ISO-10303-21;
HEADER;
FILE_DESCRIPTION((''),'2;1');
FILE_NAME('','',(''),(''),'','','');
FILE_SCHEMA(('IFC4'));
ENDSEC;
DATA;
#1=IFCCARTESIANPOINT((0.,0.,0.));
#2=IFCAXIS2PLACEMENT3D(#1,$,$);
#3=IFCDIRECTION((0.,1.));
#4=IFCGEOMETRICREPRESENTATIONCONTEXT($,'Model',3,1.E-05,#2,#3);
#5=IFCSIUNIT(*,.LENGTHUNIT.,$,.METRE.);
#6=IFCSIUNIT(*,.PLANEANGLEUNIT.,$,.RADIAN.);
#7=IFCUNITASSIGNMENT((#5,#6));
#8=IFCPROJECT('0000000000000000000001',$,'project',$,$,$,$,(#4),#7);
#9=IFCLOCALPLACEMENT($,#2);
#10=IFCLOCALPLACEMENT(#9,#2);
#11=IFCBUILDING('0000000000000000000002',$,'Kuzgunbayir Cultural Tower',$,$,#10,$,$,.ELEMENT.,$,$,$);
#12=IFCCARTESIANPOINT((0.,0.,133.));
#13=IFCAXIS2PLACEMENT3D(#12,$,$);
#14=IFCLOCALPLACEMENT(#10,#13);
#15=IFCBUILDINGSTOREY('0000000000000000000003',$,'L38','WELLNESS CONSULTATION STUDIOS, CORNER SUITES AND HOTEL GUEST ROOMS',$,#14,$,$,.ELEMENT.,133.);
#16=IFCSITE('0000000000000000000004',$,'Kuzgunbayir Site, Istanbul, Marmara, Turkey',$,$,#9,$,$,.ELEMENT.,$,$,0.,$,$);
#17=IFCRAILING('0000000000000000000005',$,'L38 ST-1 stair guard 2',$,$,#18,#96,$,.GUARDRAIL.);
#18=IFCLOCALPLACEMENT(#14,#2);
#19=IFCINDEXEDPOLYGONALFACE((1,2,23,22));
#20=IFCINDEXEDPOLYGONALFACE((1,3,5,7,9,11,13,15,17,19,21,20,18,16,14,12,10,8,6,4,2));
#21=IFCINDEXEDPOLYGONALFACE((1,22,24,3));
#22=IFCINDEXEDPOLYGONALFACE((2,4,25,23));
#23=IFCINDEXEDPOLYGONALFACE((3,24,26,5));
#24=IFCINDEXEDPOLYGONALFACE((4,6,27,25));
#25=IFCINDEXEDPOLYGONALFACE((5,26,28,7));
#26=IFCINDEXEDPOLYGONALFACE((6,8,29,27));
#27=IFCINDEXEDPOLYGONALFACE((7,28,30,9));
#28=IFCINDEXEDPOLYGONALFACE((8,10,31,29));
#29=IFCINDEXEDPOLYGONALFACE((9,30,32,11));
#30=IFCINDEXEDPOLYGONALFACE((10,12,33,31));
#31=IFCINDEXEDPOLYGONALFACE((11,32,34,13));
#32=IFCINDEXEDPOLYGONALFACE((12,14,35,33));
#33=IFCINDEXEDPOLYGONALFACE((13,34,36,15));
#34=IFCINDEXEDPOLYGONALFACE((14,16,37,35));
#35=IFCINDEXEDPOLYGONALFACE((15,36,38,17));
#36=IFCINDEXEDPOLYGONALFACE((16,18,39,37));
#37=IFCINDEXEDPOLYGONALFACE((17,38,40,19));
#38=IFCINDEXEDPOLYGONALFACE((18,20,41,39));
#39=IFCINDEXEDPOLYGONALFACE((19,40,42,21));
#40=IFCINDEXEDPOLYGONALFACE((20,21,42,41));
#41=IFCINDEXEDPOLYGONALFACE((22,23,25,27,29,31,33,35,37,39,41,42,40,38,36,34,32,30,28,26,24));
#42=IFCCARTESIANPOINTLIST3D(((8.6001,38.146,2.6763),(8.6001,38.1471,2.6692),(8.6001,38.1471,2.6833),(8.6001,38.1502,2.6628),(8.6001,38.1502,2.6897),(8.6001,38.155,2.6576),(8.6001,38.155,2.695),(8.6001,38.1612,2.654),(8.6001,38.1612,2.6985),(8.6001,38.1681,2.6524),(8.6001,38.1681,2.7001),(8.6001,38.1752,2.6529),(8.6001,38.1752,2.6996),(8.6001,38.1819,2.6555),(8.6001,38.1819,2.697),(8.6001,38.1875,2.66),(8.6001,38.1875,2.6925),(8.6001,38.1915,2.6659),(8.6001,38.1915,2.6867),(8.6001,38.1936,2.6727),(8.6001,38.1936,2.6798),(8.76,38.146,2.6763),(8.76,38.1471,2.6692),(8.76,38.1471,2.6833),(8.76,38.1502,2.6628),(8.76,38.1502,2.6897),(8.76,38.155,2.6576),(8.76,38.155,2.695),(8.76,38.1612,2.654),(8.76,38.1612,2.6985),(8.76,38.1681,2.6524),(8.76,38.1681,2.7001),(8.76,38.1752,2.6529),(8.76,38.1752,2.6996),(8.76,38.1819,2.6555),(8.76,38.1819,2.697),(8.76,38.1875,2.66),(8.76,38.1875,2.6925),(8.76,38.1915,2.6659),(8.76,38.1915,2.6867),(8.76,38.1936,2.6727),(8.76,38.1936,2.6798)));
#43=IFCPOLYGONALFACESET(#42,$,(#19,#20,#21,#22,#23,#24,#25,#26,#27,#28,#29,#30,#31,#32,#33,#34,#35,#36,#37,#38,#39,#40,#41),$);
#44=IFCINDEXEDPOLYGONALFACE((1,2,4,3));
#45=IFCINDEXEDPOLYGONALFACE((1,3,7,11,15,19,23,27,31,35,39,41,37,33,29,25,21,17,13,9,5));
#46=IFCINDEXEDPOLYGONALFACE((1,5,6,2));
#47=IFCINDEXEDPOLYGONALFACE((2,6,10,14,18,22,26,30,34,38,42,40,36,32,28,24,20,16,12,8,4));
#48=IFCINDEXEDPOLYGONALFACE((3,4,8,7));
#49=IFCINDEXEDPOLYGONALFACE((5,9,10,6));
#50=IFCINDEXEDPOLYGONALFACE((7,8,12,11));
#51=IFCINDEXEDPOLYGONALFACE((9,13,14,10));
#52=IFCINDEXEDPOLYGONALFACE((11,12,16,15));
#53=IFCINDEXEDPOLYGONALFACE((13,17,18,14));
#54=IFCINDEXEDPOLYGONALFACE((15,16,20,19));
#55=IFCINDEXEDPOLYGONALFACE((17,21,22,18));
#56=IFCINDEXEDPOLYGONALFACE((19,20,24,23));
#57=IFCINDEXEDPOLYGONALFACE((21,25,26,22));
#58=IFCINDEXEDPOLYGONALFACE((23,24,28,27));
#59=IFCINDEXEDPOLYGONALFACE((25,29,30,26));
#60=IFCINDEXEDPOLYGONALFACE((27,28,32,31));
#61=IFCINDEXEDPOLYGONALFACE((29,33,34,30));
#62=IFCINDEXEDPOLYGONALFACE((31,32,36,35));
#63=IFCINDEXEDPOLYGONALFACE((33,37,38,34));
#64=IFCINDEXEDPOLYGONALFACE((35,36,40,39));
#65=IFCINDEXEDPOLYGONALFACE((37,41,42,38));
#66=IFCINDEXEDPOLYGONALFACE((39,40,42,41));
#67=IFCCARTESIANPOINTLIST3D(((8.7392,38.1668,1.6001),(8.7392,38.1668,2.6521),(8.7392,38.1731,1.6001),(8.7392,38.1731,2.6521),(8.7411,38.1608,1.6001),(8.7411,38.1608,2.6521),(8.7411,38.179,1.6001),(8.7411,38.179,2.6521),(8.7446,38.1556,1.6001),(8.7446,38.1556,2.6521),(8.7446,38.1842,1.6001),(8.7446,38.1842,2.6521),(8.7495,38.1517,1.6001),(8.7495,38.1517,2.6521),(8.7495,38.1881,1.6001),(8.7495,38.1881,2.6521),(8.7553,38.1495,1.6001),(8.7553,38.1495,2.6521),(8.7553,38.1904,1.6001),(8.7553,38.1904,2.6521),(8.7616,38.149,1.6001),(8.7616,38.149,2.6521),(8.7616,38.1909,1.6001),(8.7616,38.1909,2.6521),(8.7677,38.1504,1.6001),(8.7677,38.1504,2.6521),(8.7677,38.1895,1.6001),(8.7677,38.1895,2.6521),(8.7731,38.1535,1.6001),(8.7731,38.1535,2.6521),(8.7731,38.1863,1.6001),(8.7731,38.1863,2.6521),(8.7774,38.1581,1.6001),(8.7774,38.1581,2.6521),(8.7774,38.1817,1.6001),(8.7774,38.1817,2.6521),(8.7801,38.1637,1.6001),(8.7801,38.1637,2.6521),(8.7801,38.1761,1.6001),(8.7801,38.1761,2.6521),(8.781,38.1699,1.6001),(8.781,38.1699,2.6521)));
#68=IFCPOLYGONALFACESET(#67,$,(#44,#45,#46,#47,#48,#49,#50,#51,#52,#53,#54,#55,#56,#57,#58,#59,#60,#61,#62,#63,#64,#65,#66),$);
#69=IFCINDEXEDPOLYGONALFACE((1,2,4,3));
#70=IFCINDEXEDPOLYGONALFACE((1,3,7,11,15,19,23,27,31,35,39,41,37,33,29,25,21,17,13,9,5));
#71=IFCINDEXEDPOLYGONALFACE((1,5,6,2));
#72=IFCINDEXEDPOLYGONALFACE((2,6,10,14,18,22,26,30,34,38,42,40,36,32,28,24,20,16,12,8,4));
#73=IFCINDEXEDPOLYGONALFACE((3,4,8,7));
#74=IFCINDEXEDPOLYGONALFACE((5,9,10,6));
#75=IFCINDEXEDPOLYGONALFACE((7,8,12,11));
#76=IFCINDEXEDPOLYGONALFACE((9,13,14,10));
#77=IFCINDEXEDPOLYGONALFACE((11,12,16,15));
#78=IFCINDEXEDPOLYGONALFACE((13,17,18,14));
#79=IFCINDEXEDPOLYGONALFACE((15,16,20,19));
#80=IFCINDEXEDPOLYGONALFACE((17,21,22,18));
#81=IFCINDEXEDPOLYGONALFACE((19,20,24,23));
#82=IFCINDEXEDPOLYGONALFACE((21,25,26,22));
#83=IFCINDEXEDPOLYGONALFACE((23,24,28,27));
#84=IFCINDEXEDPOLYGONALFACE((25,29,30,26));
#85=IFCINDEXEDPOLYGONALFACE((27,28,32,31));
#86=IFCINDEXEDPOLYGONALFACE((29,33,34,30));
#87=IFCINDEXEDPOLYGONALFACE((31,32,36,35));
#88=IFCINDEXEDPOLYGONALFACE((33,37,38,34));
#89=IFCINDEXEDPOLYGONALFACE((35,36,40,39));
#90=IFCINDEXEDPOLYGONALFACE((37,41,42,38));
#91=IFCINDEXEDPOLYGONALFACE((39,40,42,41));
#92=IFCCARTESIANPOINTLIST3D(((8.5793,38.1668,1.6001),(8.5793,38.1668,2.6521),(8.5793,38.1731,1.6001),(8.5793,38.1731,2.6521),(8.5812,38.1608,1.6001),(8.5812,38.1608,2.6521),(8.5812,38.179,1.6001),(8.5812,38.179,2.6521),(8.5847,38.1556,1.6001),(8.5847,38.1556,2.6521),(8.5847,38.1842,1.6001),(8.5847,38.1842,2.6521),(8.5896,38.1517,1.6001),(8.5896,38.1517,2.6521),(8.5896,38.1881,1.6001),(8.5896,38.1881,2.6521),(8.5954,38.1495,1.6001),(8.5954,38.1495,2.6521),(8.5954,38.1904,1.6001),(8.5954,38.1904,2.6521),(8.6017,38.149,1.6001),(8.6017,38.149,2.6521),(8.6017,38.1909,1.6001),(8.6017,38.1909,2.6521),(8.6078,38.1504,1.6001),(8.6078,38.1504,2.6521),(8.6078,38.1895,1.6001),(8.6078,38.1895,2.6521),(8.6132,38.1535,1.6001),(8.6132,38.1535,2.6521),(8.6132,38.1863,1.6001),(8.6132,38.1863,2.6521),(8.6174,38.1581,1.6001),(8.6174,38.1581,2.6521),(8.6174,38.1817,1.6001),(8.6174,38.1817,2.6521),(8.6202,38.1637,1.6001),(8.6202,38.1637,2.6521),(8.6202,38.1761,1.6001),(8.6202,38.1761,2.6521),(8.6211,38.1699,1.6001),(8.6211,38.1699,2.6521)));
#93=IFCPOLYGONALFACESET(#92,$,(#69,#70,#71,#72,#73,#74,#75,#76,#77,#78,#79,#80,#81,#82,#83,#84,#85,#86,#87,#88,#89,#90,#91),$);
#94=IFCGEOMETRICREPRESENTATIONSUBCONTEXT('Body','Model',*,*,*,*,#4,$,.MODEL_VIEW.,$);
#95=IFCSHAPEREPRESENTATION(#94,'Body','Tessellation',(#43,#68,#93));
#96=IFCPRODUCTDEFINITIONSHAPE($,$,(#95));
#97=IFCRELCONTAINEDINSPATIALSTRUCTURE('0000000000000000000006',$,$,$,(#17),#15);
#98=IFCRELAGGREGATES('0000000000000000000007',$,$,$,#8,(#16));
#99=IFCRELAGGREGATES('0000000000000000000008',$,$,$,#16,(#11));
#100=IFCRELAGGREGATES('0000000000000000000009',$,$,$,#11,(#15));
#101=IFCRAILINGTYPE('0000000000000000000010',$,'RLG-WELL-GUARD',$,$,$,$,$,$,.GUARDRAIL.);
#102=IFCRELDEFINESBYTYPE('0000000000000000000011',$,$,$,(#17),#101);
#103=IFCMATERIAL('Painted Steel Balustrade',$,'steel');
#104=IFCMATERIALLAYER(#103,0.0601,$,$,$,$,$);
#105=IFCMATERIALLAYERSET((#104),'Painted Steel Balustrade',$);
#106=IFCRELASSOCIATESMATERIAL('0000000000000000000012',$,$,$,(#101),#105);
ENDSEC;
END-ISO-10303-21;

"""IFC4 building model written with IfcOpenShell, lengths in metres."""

from ifc_helpers import new_model, si_unit, direction, frame, origin, origin_2d, place, context, subcontext, project, spatial, circle, extrude, material, layer, layer_set, type_object, element, save


model = new_model("IFC4")

# Units and contexts
model_context = context("Model", 3, precision=1e-05, world=origin(), true_north=direction((0.0, 1.0)))
body_context = subcontext(model_context, "Body", "Model", "MODEL_VIEW")
ifc_project = project(units=[si_unit("LENGTHUNIT", "METRE"), si_unit("PLANEANGLEUNIT", "RADIAN")], contexts=[model_context])

# Site, building, storey
site_placement = place(None, origin())
site = spatial("IfcSite", under=ifc_project, at=site_placement, Name="Kuzgunbayir Site, Istanbul, Marmara, Turkey", CompositionType="ELEMENT", RefElevation=0.0)
building_placement = place(site_placement, origin())
building = spatial("IfcBuilding", under=site, at=building_placement, Name="Kuzgunbayir Cultural Tower", CompositionType="ELEMENT")
storey_placement = place(building_placement, frame((0.0, 0.0, 133.0)))
storey = spatial("IfcBuildingStorey", under=building, at=storey_placement, Name="L38", Description="WELLNESS CONSULTATION STUDIOS, CORNER SUITES AND HOTEL GUEST ROOMS", CompositionType="ELEMENT", Elevation=133.0)

# Railing
ifc_material_1 = material(Name="Painted Steel Balustrade", Category="steel")
ifc_layer_1 = layer(ifc_material_1, 0.0601)
ifc_layer_set_1 = layer_set([ifc_layer_1], Name="Painted Steel Balustrade")
railing_type_1 = type_object("IfcRailingType", Name="RLG-WELL-GUARD", PredefinedType="GUARDRAIL", material=ifc_layer_set_1)
railing_1_placement = place(storey_placement, frame((8.76, 38.1699, 1.6001)))
element("IfcRailing", 1, at=railing_1_placement, inside=storey, type_object=railing_type_1, Name="L38 ST-1 stair guard 2", PredefinedType="GUARDRAIL", context=body_context, shape_type="SweptSolid", body=[
    extrude(circle(Radius=0.0239, at=origin_2d()), frame((0.0, 0.0, 1.0762), z_axis=(-1.0, 0.0, 0.0), x_axis=(0.0, -1.0, 0.0)), (0.0, 0.0, 1.0), 0.1599),
    extrude(circle(Radius=0.021, at=origin_2d()), origin(), (0.0, 0.0, 1.0), 1.052),
    extrude(circle(Radius=0.021, at=origin_2d()), frame((-0.1599, 0.0, 0.0)), (0.0, 0.0, 1.0), 1.052),
])

save(model, "model.ifc")
